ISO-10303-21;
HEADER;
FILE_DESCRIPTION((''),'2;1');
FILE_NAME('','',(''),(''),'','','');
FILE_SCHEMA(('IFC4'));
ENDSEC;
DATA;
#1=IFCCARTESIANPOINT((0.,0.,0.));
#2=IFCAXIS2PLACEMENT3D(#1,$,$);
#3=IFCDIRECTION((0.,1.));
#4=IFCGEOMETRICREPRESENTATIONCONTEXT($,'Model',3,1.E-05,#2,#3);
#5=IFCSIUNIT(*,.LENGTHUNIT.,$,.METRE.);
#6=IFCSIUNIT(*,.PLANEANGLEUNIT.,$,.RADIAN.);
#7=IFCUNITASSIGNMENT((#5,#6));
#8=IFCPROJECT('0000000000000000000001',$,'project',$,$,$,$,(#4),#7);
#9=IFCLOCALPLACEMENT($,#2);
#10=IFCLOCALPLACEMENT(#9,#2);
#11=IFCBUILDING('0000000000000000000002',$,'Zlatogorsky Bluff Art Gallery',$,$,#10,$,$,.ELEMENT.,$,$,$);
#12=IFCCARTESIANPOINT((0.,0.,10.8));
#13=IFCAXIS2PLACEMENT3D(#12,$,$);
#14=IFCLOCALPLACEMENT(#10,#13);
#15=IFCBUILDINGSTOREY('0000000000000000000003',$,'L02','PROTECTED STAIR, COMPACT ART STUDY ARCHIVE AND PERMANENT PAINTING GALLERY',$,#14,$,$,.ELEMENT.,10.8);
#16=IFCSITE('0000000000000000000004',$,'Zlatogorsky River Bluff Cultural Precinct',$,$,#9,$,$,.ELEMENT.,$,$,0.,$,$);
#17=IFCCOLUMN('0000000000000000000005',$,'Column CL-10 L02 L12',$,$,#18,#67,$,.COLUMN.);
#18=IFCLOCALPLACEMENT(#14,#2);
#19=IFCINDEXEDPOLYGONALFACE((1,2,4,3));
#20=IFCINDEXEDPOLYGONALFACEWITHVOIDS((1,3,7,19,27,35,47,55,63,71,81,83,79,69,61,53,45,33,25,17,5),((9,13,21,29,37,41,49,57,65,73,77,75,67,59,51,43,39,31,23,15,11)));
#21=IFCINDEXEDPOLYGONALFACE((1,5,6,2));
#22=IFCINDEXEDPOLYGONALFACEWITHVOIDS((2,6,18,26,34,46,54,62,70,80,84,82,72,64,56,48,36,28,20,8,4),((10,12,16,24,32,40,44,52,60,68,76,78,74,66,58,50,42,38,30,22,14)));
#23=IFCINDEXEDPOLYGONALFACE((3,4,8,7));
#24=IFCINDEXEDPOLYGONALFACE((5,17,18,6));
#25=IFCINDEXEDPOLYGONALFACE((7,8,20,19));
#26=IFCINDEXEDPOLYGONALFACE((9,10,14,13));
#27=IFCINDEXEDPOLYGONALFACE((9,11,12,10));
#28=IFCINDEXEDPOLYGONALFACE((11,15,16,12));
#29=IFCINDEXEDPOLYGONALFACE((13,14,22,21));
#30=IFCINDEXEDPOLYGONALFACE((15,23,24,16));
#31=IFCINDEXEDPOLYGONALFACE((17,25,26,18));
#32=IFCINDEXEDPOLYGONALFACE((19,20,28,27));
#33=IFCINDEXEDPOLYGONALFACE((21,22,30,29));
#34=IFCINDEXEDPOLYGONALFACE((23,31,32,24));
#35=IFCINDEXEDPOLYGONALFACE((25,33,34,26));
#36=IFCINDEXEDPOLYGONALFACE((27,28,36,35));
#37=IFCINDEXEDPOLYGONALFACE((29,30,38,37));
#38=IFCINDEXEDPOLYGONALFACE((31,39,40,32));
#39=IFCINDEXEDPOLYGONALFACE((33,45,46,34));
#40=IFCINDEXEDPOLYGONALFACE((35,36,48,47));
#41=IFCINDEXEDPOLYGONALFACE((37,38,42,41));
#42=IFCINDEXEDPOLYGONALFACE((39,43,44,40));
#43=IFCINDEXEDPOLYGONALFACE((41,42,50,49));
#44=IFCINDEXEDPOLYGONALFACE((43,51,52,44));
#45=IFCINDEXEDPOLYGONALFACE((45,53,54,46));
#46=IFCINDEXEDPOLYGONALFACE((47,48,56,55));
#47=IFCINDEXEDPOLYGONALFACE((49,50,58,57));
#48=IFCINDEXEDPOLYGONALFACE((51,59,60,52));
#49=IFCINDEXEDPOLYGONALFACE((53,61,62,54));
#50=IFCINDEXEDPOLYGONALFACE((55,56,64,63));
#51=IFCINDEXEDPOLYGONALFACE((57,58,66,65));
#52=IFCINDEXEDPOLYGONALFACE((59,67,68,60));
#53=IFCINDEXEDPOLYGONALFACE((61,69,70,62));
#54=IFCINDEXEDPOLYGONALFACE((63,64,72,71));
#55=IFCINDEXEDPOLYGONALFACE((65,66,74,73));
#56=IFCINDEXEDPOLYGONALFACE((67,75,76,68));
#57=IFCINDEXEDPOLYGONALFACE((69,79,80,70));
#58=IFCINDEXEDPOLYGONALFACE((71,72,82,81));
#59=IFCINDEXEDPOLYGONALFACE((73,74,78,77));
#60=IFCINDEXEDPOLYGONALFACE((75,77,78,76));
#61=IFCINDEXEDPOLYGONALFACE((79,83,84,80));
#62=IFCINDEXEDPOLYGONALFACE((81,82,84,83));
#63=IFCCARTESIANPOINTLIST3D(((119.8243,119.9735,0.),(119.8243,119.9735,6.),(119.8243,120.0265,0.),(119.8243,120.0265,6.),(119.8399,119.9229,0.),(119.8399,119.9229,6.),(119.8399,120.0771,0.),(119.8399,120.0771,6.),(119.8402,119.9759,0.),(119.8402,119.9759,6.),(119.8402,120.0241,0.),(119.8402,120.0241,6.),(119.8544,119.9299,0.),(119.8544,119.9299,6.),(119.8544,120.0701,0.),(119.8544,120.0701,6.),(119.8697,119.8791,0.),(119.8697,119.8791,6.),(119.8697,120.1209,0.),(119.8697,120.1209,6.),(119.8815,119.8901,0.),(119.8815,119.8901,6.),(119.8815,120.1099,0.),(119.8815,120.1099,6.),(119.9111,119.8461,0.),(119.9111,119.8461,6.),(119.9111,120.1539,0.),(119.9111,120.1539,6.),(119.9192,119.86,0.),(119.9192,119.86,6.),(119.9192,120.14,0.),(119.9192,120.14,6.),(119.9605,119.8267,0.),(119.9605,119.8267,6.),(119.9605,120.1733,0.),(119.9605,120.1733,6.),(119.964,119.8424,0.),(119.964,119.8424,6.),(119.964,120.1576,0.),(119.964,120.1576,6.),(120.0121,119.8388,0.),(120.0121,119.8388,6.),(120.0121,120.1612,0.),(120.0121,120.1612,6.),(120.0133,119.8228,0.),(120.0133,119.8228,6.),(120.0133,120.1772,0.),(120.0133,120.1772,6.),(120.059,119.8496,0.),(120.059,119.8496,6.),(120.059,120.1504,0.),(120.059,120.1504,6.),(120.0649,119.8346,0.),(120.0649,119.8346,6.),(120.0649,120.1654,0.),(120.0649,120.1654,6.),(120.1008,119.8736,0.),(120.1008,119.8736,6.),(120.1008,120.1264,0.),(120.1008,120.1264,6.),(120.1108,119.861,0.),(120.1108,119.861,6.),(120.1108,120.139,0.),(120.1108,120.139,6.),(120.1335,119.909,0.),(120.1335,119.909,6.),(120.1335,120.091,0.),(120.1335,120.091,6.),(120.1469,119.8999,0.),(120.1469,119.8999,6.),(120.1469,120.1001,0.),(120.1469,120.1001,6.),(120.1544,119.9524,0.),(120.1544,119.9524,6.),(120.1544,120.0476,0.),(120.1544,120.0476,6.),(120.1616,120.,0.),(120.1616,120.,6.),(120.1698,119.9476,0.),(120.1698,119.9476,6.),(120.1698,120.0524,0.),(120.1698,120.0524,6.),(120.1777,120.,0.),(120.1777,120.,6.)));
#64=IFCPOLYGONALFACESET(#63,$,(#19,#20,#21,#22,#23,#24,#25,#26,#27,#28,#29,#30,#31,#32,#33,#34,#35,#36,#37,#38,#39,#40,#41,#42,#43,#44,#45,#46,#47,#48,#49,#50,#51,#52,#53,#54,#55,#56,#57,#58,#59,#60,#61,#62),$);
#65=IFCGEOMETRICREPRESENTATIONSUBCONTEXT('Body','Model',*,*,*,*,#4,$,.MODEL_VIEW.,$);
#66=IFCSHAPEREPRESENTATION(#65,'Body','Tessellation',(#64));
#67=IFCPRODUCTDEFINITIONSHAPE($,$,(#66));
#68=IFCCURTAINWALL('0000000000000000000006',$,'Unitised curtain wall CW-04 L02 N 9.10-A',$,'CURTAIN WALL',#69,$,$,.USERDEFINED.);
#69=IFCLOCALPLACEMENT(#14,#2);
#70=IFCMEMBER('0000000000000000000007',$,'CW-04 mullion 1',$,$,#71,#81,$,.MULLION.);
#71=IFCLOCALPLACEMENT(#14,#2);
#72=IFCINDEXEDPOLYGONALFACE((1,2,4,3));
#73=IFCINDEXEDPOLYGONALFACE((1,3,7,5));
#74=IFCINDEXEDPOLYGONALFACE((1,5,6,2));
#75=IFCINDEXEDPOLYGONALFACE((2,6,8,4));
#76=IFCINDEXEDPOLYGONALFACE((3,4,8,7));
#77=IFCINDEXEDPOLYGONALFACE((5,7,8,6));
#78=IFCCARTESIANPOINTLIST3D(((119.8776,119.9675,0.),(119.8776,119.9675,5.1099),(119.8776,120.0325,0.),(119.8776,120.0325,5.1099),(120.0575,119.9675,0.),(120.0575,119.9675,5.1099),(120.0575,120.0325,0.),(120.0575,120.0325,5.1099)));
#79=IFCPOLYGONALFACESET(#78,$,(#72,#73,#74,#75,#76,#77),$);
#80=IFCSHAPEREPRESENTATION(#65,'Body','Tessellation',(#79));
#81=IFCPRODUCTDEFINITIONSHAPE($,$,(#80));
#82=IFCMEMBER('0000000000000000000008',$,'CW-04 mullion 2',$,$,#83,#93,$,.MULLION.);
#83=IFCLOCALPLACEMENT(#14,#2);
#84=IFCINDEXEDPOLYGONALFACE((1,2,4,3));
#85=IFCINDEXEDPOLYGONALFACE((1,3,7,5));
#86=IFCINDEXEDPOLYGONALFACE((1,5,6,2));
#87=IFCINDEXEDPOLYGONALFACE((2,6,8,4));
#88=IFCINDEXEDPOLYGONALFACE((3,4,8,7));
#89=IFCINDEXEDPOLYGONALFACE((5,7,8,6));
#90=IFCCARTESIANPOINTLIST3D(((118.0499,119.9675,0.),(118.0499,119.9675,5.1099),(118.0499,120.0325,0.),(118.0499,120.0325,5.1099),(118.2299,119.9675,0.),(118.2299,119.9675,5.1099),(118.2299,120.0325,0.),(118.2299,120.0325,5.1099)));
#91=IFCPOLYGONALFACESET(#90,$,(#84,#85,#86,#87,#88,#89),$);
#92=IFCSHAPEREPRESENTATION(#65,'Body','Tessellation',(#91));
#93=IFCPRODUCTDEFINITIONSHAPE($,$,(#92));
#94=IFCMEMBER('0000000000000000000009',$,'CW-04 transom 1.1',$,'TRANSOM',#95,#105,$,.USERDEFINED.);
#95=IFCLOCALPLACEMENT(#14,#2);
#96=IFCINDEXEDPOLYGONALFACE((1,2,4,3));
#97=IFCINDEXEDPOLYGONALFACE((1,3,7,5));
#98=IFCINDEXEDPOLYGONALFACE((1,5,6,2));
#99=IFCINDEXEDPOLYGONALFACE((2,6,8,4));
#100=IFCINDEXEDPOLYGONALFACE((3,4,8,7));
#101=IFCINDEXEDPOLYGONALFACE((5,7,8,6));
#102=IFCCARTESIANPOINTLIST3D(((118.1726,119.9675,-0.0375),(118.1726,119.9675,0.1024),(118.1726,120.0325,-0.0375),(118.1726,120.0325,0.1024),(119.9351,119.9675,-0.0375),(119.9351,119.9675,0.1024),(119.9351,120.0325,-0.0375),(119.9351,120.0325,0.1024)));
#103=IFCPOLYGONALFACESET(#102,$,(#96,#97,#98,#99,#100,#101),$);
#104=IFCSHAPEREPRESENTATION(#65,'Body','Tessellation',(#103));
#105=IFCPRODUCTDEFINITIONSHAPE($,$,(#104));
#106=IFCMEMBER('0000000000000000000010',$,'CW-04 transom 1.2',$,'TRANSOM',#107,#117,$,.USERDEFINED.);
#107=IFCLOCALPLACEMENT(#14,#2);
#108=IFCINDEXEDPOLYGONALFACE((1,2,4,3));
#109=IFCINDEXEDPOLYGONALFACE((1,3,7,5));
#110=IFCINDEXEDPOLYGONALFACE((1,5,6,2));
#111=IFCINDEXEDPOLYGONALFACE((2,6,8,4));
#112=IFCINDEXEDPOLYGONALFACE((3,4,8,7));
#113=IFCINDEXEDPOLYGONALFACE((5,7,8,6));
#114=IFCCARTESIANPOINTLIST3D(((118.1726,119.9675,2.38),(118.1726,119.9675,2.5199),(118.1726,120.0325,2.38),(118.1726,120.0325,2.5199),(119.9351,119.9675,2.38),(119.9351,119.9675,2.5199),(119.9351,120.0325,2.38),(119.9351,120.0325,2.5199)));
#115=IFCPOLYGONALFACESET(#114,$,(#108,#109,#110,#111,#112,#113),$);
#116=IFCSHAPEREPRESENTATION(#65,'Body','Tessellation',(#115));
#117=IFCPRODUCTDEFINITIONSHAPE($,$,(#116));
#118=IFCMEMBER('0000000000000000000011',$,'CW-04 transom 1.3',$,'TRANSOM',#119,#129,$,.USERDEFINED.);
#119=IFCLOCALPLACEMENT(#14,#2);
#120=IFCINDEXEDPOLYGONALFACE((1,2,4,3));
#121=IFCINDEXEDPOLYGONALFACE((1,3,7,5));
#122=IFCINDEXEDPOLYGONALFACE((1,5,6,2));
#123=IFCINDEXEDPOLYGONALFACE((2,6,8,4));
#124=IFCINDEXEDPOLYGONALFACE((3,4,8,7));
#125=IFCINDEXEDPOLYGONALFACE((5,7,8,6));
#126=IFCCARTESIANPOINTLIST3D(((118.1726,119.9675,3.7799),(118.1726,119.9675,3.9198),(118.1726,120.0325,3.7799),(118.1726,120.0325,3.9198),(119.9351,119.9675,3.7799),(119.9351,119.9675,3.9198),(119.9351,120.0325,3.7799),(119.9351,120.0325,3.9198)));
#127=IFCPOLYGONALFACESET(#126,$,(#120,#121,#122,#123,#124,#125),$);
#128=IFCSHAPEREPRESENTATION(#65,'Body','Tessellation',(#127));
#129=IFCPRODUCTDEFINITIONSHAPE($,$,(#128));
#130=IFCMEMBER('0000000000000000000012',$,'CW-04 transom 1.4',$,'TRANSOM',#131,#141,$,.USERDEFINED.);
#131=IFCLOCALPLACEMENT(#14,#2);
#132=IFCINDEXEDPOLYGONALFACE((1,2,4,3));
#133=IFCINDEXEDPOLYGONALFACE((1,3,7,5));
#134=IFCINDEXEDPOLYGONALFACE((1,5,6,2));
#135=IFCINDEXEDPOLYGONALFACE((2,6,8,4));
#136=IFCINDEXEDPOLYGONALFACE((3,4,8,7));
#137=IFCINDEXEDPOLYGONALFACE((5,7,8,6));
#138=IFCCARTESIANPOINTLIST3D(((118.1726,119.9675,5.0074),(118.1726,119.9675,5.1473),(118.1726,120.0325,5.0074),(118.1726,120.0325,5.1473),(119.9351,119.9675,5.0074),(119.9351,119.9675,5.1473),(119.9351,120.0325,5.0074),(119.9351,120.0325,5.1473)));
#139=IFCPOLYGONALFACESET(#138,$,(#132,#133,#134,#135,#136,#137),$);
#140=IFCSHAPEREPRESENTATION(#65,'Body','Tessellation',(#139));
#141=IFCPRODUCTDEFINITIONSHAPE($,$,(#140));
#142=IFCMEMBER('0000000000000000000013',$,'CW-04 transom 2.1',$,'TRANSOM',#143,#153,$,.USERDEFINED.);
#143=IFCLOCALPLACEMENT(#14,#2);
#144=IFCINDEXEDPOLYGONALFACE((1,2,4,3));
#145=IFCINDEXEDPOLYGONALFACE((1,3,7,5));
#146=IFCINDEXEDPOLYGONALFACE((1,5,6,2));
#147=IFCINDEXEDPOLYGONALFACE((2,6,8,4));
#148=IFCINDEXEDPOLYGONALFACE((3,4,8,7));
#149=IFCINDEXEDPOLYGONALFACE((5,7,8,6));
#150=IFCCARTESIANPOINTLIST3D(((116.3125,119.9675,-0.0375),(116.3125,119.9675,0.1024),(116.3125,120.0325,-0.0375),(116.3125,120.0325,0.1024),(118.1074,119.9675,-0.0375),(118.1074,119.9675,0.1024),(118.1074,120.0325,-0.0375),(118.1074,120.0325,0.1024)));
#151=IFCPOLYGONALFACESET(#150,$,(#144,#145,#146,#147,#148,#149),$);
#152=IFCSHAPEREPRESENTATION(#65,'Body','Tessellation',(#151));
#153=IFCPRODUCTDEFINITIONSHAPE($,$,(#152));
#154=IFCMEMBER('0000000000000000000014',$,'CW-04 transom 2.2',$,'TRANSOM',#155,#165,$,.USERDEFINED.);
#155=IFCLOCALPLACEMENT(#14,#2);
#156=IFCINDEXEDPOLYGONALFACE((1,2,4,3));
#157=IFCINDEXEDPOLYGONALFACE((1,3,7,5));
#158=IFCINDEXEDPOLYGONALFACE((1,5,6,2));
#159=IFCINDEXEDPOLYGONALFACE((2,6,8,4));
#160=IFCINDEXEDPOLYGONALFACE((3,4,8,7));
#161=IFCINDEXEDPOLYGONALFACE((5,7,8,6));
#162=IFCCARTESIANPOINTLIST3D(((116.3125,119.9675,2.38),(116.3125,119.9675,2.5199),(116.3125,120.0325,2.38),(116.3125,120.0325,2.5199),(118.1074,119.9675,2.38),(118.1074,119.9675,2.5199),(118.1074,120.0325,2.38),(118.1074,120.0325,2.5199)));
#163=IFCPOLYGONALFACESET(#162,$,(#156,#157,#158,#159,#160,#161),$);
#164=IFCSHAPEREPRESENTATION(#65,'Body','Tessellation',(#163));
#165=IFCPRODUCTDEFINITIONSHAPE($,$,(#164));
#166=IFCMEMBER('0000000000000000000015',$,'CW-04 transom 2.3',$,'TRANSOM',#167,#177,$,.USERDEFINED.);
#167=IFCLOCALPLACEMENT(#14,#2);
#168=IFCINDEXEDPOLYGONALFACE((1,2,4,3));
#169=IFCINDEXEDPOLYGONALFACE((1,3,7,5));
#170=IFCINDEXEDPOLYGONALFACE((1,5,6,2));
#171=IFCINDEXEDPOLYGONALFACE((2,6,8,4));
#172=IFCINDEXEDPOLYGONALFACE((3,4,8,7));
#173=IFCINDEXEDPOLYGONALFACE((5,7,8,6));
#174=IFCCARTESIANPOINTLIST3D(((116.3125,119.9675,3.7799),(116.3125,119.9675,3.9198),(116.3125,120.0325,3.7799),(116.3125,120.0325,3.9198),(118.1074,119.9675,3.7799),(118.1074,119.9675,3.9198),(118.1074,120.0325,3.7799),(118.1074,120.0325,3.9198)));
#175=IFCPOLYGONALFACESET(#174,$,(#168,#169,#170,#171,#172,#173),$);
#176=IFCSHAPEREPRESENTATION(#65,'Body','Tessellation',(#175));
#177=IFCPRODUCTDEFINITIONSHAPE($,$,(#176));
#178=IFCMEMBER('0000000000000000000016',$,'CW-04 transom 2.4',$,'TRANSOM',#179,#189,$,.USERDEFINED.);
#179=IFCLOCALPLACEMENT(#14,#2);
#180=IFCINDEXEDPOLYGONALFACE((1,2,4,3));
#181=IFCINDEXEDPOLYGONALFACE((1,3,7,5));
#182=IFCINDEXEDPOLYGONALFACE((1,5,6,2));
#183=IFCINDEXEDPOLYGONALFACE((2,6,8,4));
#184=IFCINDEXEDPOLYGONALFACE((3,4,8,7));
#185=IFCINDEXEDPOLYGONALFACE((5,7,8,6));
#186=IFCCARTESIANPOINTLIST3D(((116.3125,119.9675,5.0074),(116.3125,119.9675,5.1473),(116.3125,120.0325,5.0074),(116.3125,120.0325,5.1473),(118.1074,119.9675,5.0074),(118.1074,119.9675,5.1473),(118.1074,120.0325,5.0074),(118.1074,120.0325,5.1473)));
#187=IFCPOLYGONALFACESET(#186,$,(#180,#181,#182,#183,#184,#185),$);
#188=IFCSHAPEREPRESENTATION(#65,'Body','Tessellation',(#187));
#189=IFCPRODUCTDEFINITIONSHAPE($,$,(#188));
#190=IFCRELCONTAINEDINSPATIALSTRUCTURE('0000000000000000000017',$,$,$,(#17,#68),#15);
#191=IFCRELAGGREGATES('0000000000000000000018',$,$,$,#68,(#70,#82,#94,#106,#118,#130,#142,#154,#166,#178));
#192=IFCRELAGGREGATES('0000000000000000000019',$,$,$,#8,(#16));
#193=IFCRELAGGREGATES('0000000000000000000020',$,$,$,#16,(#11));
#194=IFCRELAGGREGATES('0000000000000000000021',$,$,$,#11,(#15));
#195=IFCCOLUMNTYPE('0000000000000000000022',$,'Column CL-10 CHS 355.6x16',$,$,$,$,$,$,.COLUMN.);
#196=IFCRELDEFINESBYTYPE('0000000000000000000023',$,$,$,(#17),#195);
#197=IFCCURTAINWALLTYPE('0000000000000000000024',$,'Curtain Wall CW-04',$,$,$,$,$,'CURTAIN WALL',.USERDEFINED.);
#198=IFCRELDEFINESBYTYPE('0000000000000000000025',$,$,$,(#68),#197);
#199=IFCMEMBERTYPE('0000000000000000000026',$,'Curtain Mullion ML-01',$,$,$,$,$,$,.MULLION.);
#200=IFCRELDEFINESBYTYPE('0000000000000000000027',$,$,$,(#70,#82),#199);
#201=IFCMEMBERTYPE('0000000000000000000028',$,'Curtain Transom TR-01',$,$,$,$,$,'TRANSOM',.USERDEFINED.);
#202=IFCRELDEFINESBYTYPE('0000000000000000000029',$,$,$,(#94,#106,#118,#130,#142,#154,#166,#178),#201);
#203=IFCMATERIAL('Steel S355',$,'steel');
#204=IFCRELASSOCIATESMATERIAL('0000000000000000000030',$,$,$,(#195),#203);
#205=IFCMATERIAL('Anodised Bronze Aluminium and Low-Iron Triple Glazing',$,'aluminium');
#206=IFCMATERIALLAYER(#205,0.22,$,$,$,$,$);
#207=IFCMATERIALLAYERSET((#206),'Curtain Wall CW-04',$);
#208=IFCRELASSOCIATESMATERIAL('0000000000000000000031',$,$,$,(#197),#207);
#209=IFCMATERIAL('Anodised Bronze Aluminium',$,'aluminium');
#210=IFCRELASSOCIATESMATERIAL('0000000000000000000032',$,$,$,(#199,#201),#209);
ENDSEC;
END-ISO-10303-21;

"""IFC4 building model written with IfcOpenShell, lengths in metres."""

from ifc_helpers import new_model, si_unit, direction, frame, origin, origin_2d, place, context, subcontext, project, spatial, rectangle, hollow_circle, extrude, material, layer, layer_set, material_profile, profile_set, type_object, element, aggregate, save


model = new_model("IFC4")

# Units and contexts
model_context = context("Model", 3, precision=1e-05, world=origin(), true_north=direction((0.0, 1.0)))
body_context = subcontext(model_context, "Body", "Model", "MODEL_VIEW")
ifc_project = project(units=[si_unit("LENGTHUNIT", "METRE"), si_unit("PLANEANGLEUNIT", "RADIAN")], contexts=[model_context])

# Site, building, storey
site_placement = place(None, origin())
site = spatial("IfcSite", under=ifc_project, at=site_placement, Name="Zlatogorsky River Bluff Cultural Precinct", CompositionType="ELEMENT", RefElevation=0.0)
building_placement = place(site_placement, origin())
building = spatial("IfcBuilding", under=site, at=building_placement, Name="Zlatogorsky Bluff Art Gallery", CompositionType="ELEMENT")
storey_placement = place(building_placement, frame((0.0, 0.0, 10.8)))
storey = spatial("IfcBuildingStorey", under=building, at=storey_placement, Name="L02", Description="PROTECTED STAIR, COMPACT ART STUDY ARCHIVE AND PERMANENT PAINTING GALLERY", CompositionType="ELEMENT", Elevation=10.8)

# Column
ifc_material_1 = material(Name="Steel S355", Category="steel")
ifc_material_profile_1 = material_profile(ifc_material_1, hollow_circle(Radius=0.1777, WallThickness=0.0161, at=origin_2d()), Name="CHS 355.6x16")
ifc_profile_set_1 = profile_set([ifc_material_profile_1], Name="Steel S355")
column_type = type_object("IfcColumnType", Name="Column CL-10 CHS 355.6x16", PredefinedType="COLUMN", material=ifc_profile_set_1)
column_placement = place(storey_placement, frame((120.0, 120.0, 0.0), z_axis=(0.0, 0.0, 1.0), x_axis=(1.0, 0.0, 0.0)))
element("IfcColumn", 1, at=column_placement, inside=storey, type_object=column_type, Name="Column CL-10 L02 L12", PredefinedType="COLUMN", context=body_context, shape_type="SweptSolid", body=[
    extrude(hollow_circle(Radius=0.1777, WallThickness=0.0161, at=origin_2d()), origin(), (0.0, 0.0, 1.0), 6.0),
])

# Curtain wall, members
ifc_material_2 = material(Name="Anodised Bronze Aluminium and Low-Iron Triple Glazing", Category="aluminium")
ifc_layer_1 = layer(ifc_material_2, 0.22)
ifc_layer_set_1 = layer_set([ifc_layer_1], Name="Curtain Wall CW-04")
curtain_wall_type = type_object("IfcCurtainWallType", Name="Curtain Wall CW-04", ElementType="CURTAIN WALL", PredefinedType="USERDEFINED", material=ifc_layer_set_1)
curtain_wall_placement = place(storey_placement, origin())
curtain_wall = element("IfcCurtainWall", 2, at=curtain_wall_placement, inside=storey, type_object=curtain_wall_type, Name="Unitised curtain wall CW-04 L02 N 9.10-A", ObjectType="CURTAIN WALL", PredefinedType="USERDEFINED")
ifc_material_3 = material(Name="Anodised Bronze Aluminium", Category="aluminium")
ifc_material_profile_2 = material_profile(ifc_material_3, rectangle(XDim=0.0649, YDim=0.1799, at=origin_2d()), Name="ALU MULLION 65x180")
ifc_profile_set_2 = profile_set([ifc_material_profile_2], Name="Anodised Bronze Aluminium")
member_type_1 = type_object("IfcMemberType", Name="Curtain Mullion ML-01", PredefinedType="MULLION", material=ifc_profile_set_2)
member_1_placement = place(storey_placement, frame((119.9675, 120.0, 0.0), z_axis=(0.0, 0.0, 1.0), x_axis=(0.0, -1.0, 0.0)))
member_1 = element("IfcMember", 3, at=member_1_placement, type_object=member_type_1, Name="CW-04 mullion 1", PredefinedType="MULLION", context=body_context, shape_type="SweptSolid", body=[
    extrude(rectangle(XDim=0.0649, YDim=0.1799, at=origin_2d()), origin(), (0.0, 0.0, 1.0), 5.1099),
])
member_2_placement = place(storey_placement, frame((118.1399, 120.0, 0.0), z_axis=(0.0, 0.0, 1.0), x_axis=(0.0, -1.0, 0.0)))
member_2 = element("IfcMember", 4, at=member_2_placement, type_object=member_type_1, Name="CW-04 mullion 2", PredefinedType="MULLION", context=body_context, shape_type="SweptSolid", body=[
    extrude(rectangle(XDim=0.0649, YDim=0.1799, at=origin_2d()), origin(), (0.0, 0.0, 1.0), 5.1099),
])
ifc_material_profile_3 = material_profile(ifc_material_3, rectangle(XDim=0.0649, YDim=0.1399, at=origin_2d()), Name="ALU TRANSOM 65x140")
ifc_profile_set_3 = profile_set([ifc_material_profile_3], Name="Anodised Bronze Aluminium")
member_type_2 = type_object("IfcMemberType", Name="Curtain Transom TR-01", ElementType="TRANSOM", PredefinedType="USERDEFINED", material=ifc_profile_set_3)
member_3_placement = place(storey_placement, frame((119.9351, 120.0, 0.0325), z_axis=(-1.0, 0.0, 0.0), x_axis=(0.0, -1.0, 0.0)))
member_3 = element("IfcMember", 5, at=member_3_placement, type_object=member_type_2, Name="CW-04 transom 1.1", ObjectType="TRANSOM", PredefinedType="USERDEFINED", context=body_context, shape_type="SweptSolid", body=[
    extrude(rectangle(XDim=0.0649, YDim=0.1399, at=origin_2d()), origin(), (0.0, 0.0, 1.0), 1.7625),
])
member_4_placement = place(storey_placement, frame((119.9351, 120.0, 2.45), z_axis=(-1.0, 0.0, 0.0), x_axis=(0.0, -1.0, 0.0)))
member_4 = element("IfcMember", 6, at=member_4_placement, type_object=member_type_2, Name="CW-04 transom 1.2", ObjectType="TRANSOM", PredefinedType="USERDEFINED", context=body_context, shape_type="SweptSolid", body=[
    extrude(rectangle(XDim=0.0649, YDim=0.1399, at=origin_2d()), origin(), (0.0, 0.0, 1.0), 1.7625),
])
member_5_placement = place(storey_placement, frame((119.9351, 120.0, 3.8499), z_axis=(-1.0, 0.0, 0.0), x_axis=(0.0, -1.0, 0.0)))
member_5 = element("IfcMember", 7, at=member_5_placement, type_object=member_type_2, Name="CW-04 transom 1.3", ObjectType="TRANSOM", PredefinedType="USERDEFINED", context=body_context, shape_type="SweptSolid", body=[
    extrude(rectangle(XDim=0.0649, YDim=0.1399, at=origin_2d()), origin(), (0.0, 0.0, 1.0), 1.7625),
])
member_6_placement = place(storey_placement, frame((119.9351, 120.0, 5.0774), z_axis=(-1.0, 0.0, 0.0), x_axis=(0.0, -1.0, 0.0)))
member_6 = element("IfcMember", 8, at=member_6_placement, type_object=member_type_2, Name="CW-04 transom 1.4", ObjectType="TRANSOM", PredefinedType="USERDEFINED", context=body_context, shape_type="SweptSolid", body=[
    extrude(rectangle(XDim=0.0649, YDim=0.1399, at=origin_2d()), origin(), (0.0, 0.0, 1.0), 1.7625),
])
member_7_placement = place(storey_placement, frame((118.1074, 120.0, 0.0325), z_axis=(-1.0, 0.0, 0.0), x_axis=(0.0, -1.0, 0.0)))
member_7 = element("IfcMember", 9, at=member_7_placement, type_object=member_type_2, Name="CW-04 transom 2.1", ObjectType="TRANSOM", PredefinedType="USERDEFINED", context=body_context, shape_type="SweptSolid", body=[
    extrude(rectangle(XDim=0.0649, YDim=0.1399, at=origin_2d()), origin(), (0.0, 0.0, 1.0), 1.7949),
])
member_8_placement = place(storey_placement, frame((118.1074, 120.0, 2.45), z_axis=(-1.0, 0.0, 0.0), x_axis=(0.0, -1.0, 0.0)))
member_8 = element("IfcMember", 10, at=member_8_placement, type_object=member_type_2, Name="CW-04 transom 2.2", ObjectType="TRANSOM", PredefinedType="USERDEFINED", context=body_context, shape_type="SweptSolid", body=[
    extrude(rectangle(XDim=0.0649, YDim=0.1399, at=origin_2d()), origin(), (0.0, 0.0, 1.0), 1.7949),
])
member_9_placement = place(storey_placement, frame((118.1074, 120.0, 3.8499), z_axis=(-1.0, 0.0, 0.0), x_axis=(0.0, -1.0, 0.0)))
member_9 = element("IfcMember", 11, at=member_9_placement, type_object=member_type_2, Name="CW-04 transom 2.3", ObjectType="TRANSOM", PredefinedType="USERDEFINED", context=body_context, shape_type="SweptSolid", body=[
    extrude(rectangle(XDim=0.0649, YDim=0.1399, at=origin_2d()), origin(), (0.0, 0.0, 1.0), 1.7949),
])
member_10_placement = place(storey_placement, frame((118.1074, 120.0, 5.0774), z_axis=(-1.0, 0.0, 0.0), x_axis=(0.0, -1.0, 0.0)))
member_10 = element("IfcMember", 12, at=member_10_placement, type_object=member_type_2, Name="CW-04 transom 2.4", ObjectType="TRANSOM", PredefinedType="USERDEFINED", context=body_context, shape_type="SweptSolid", body=[
    extrude(rectangle(XDim=0.0649, YDim=0.1399, at=origin_2d()), origin(), (0.0, 0.0, 1.0), 1.7949),
])
aggregate(curtain_wall, [member_1, member_2, member_3, member_4, member_5, member_6, member_7, member_8, member_9, member_10])

save(model, "model.ifc")
